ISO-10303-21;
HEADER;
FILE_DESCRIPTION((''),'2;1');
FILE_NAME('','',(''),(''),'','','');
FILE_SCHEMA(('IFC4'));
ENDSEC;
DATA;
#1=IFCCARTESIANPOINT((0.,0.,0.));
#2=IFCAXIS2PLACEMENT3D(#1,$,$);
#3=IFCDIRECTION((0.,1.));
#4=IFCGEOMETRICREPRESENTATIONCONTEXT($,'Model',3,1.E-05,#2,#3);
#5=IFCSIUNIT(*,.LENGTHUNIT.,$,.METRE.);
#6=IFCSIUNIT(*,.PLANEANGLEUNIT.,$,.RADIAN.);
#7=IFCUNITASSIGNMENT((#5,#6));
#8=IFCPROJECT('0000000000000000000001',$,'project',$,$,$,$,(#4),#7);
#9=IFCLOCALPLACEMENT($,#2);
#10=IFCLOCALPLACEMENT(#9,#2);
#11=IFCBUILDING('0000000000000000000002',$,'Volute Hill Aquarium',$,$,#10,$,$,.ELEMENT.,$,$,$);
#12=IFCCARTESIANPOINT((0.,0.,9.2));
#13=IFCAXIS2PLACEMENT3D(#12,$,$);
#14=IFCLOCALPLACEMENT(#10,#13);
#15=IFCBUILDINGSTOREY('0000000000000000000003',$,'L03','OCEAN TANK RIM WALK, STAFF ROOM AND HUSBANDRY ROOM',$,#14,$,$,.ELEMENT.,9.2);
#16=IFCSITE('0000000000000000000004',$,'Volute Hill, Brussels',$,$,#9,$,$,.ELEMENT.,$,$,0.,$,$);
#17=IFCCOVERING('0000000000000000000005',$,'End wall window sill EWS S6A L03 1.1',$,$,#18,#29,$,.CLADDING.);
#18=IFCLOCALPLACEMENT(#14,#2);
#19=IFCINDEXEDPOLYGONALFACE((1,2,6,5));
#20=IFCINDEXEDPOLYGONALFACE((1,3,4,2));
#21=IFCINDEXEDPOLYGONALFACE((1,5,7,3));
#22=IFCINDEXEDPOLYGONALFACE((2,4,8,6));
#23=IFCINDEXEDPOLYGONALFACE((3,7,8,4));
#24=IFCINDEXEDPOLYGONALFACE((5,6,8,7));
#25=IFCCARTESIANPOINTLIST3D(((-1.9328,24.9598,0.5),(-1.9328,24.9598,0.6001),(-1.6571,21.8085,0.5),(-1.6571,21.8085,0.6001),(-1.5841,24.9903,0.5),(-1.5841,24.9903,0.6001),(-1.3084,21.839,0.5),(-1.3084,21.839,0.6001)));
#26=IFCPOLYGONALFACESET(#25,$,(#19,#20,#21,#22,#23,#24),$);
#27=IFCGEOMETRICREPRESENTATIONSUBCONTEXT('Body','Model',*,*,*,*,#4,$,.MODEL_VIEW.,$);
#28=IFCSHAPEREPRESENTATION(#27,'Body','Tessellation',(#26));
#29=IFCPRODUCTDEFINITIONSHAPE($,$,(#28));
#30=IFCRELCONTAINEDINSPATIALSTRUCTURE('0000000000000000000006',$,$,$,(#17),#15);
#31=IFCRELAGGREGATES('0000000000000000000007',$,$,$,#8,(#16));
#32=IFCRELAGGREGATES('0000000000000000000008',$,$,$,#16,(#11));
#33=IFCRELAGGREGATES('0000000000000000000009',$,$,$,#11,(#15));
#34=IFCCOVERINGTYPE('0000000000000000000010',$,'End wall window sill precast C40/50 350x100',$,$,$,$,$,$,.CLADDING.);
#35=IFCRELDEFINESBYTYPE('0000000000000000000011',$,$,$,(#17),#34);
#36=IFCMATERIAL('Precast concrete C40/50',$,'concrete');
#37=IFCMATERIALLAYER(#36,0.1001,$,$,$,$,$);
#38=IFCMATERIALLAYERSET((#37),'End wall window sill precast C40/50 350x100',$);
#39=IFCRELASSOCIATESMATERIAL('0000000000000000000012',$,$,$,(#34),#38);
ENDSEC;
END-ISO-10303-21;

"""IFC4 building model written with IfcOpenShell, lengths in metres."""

from ifc_helpers import new_model, si_unit, direction, frame, origin, origin_2d, place, context, subcontext, project, spatial, rectangle, extrude, material, layer, layer_set, type_object, element, save


model = new_model("IFC4")

# Units and contexts
model_context = context("Model", 3, precision=1e-05, world=origin(), true_north=direction((0.0, 1.0)))
body_context = subcontext(model_context, "Body", "Model", "MODEL_VIEW")
ifc_project = project(units=[si_unit("LENGTHUNIT", "METRE"), si_unit("PLANEANGLEUNIT", "RADIAN")], contexts=[model_context])

# Site, building, storey
site_placement = place(None, origin())
site = spatial("IfcSite", under=ifc_project, at=site_placement, Name="Volute Hill, Brussels", CompositionType="ELEMENT", RefElevation=0.0)
building_placement = place(site_placement, origin())
building = spatial("IfcBuilding", under=site, at=building_placement, Name="Volute Hill Aquarium", CompositionType="ELEMENT")
storey_placement = place(building_placement, frame((0.0, 0.0, 9.2)))
storey = spatial("IfcBuildingStorey", under=building, at=storey_placement, Name="L03", Description="OCEAN TANK RIM WALK, STAFF ROOM AND HUSBANDRY ROOM", CompositionType="ELEMENT", Elevation=9.2)

# Covering
ifc_material_1 = material(Name="Precast concrete C40/50", Category="concrete")
ifc_layer_1 = layer(ifc_material_1, 0.1001)
ifc_layer_set_1 = layer_set([ifc_layer_1], Name="End wall window sill precast C40/50 350x100")
covering_type_1 = type_object("IfcCoveringType", Name="End wall window sill precast C40/50 350x100", PredefinedType="CLADDING", material=ifc_layer_set_1)
covering_1_placement = place(storey_placement, frame((-1.6206, 23.3994, 0.5), z_axis=(0.0, 0.0, 1.0), x_axis=(-0.087155, 0.996195, 0.0)))
element("IfcCovering", 1, at=covering_1_placement, inside=storey, type_object=covering_type_1, Name="End wall window sill EWS S6A L03 1.1", PredefinedType="CLADDING", context=body_context, shape_type="SweptSolid", body=[
    extrude(rectangle(XDim=3.1633, YDim=0.3501, at=origin_2d()), origin(), (0.0, 0.0, 1.0), 0.1001),
])

save(model, "model.ifc")
